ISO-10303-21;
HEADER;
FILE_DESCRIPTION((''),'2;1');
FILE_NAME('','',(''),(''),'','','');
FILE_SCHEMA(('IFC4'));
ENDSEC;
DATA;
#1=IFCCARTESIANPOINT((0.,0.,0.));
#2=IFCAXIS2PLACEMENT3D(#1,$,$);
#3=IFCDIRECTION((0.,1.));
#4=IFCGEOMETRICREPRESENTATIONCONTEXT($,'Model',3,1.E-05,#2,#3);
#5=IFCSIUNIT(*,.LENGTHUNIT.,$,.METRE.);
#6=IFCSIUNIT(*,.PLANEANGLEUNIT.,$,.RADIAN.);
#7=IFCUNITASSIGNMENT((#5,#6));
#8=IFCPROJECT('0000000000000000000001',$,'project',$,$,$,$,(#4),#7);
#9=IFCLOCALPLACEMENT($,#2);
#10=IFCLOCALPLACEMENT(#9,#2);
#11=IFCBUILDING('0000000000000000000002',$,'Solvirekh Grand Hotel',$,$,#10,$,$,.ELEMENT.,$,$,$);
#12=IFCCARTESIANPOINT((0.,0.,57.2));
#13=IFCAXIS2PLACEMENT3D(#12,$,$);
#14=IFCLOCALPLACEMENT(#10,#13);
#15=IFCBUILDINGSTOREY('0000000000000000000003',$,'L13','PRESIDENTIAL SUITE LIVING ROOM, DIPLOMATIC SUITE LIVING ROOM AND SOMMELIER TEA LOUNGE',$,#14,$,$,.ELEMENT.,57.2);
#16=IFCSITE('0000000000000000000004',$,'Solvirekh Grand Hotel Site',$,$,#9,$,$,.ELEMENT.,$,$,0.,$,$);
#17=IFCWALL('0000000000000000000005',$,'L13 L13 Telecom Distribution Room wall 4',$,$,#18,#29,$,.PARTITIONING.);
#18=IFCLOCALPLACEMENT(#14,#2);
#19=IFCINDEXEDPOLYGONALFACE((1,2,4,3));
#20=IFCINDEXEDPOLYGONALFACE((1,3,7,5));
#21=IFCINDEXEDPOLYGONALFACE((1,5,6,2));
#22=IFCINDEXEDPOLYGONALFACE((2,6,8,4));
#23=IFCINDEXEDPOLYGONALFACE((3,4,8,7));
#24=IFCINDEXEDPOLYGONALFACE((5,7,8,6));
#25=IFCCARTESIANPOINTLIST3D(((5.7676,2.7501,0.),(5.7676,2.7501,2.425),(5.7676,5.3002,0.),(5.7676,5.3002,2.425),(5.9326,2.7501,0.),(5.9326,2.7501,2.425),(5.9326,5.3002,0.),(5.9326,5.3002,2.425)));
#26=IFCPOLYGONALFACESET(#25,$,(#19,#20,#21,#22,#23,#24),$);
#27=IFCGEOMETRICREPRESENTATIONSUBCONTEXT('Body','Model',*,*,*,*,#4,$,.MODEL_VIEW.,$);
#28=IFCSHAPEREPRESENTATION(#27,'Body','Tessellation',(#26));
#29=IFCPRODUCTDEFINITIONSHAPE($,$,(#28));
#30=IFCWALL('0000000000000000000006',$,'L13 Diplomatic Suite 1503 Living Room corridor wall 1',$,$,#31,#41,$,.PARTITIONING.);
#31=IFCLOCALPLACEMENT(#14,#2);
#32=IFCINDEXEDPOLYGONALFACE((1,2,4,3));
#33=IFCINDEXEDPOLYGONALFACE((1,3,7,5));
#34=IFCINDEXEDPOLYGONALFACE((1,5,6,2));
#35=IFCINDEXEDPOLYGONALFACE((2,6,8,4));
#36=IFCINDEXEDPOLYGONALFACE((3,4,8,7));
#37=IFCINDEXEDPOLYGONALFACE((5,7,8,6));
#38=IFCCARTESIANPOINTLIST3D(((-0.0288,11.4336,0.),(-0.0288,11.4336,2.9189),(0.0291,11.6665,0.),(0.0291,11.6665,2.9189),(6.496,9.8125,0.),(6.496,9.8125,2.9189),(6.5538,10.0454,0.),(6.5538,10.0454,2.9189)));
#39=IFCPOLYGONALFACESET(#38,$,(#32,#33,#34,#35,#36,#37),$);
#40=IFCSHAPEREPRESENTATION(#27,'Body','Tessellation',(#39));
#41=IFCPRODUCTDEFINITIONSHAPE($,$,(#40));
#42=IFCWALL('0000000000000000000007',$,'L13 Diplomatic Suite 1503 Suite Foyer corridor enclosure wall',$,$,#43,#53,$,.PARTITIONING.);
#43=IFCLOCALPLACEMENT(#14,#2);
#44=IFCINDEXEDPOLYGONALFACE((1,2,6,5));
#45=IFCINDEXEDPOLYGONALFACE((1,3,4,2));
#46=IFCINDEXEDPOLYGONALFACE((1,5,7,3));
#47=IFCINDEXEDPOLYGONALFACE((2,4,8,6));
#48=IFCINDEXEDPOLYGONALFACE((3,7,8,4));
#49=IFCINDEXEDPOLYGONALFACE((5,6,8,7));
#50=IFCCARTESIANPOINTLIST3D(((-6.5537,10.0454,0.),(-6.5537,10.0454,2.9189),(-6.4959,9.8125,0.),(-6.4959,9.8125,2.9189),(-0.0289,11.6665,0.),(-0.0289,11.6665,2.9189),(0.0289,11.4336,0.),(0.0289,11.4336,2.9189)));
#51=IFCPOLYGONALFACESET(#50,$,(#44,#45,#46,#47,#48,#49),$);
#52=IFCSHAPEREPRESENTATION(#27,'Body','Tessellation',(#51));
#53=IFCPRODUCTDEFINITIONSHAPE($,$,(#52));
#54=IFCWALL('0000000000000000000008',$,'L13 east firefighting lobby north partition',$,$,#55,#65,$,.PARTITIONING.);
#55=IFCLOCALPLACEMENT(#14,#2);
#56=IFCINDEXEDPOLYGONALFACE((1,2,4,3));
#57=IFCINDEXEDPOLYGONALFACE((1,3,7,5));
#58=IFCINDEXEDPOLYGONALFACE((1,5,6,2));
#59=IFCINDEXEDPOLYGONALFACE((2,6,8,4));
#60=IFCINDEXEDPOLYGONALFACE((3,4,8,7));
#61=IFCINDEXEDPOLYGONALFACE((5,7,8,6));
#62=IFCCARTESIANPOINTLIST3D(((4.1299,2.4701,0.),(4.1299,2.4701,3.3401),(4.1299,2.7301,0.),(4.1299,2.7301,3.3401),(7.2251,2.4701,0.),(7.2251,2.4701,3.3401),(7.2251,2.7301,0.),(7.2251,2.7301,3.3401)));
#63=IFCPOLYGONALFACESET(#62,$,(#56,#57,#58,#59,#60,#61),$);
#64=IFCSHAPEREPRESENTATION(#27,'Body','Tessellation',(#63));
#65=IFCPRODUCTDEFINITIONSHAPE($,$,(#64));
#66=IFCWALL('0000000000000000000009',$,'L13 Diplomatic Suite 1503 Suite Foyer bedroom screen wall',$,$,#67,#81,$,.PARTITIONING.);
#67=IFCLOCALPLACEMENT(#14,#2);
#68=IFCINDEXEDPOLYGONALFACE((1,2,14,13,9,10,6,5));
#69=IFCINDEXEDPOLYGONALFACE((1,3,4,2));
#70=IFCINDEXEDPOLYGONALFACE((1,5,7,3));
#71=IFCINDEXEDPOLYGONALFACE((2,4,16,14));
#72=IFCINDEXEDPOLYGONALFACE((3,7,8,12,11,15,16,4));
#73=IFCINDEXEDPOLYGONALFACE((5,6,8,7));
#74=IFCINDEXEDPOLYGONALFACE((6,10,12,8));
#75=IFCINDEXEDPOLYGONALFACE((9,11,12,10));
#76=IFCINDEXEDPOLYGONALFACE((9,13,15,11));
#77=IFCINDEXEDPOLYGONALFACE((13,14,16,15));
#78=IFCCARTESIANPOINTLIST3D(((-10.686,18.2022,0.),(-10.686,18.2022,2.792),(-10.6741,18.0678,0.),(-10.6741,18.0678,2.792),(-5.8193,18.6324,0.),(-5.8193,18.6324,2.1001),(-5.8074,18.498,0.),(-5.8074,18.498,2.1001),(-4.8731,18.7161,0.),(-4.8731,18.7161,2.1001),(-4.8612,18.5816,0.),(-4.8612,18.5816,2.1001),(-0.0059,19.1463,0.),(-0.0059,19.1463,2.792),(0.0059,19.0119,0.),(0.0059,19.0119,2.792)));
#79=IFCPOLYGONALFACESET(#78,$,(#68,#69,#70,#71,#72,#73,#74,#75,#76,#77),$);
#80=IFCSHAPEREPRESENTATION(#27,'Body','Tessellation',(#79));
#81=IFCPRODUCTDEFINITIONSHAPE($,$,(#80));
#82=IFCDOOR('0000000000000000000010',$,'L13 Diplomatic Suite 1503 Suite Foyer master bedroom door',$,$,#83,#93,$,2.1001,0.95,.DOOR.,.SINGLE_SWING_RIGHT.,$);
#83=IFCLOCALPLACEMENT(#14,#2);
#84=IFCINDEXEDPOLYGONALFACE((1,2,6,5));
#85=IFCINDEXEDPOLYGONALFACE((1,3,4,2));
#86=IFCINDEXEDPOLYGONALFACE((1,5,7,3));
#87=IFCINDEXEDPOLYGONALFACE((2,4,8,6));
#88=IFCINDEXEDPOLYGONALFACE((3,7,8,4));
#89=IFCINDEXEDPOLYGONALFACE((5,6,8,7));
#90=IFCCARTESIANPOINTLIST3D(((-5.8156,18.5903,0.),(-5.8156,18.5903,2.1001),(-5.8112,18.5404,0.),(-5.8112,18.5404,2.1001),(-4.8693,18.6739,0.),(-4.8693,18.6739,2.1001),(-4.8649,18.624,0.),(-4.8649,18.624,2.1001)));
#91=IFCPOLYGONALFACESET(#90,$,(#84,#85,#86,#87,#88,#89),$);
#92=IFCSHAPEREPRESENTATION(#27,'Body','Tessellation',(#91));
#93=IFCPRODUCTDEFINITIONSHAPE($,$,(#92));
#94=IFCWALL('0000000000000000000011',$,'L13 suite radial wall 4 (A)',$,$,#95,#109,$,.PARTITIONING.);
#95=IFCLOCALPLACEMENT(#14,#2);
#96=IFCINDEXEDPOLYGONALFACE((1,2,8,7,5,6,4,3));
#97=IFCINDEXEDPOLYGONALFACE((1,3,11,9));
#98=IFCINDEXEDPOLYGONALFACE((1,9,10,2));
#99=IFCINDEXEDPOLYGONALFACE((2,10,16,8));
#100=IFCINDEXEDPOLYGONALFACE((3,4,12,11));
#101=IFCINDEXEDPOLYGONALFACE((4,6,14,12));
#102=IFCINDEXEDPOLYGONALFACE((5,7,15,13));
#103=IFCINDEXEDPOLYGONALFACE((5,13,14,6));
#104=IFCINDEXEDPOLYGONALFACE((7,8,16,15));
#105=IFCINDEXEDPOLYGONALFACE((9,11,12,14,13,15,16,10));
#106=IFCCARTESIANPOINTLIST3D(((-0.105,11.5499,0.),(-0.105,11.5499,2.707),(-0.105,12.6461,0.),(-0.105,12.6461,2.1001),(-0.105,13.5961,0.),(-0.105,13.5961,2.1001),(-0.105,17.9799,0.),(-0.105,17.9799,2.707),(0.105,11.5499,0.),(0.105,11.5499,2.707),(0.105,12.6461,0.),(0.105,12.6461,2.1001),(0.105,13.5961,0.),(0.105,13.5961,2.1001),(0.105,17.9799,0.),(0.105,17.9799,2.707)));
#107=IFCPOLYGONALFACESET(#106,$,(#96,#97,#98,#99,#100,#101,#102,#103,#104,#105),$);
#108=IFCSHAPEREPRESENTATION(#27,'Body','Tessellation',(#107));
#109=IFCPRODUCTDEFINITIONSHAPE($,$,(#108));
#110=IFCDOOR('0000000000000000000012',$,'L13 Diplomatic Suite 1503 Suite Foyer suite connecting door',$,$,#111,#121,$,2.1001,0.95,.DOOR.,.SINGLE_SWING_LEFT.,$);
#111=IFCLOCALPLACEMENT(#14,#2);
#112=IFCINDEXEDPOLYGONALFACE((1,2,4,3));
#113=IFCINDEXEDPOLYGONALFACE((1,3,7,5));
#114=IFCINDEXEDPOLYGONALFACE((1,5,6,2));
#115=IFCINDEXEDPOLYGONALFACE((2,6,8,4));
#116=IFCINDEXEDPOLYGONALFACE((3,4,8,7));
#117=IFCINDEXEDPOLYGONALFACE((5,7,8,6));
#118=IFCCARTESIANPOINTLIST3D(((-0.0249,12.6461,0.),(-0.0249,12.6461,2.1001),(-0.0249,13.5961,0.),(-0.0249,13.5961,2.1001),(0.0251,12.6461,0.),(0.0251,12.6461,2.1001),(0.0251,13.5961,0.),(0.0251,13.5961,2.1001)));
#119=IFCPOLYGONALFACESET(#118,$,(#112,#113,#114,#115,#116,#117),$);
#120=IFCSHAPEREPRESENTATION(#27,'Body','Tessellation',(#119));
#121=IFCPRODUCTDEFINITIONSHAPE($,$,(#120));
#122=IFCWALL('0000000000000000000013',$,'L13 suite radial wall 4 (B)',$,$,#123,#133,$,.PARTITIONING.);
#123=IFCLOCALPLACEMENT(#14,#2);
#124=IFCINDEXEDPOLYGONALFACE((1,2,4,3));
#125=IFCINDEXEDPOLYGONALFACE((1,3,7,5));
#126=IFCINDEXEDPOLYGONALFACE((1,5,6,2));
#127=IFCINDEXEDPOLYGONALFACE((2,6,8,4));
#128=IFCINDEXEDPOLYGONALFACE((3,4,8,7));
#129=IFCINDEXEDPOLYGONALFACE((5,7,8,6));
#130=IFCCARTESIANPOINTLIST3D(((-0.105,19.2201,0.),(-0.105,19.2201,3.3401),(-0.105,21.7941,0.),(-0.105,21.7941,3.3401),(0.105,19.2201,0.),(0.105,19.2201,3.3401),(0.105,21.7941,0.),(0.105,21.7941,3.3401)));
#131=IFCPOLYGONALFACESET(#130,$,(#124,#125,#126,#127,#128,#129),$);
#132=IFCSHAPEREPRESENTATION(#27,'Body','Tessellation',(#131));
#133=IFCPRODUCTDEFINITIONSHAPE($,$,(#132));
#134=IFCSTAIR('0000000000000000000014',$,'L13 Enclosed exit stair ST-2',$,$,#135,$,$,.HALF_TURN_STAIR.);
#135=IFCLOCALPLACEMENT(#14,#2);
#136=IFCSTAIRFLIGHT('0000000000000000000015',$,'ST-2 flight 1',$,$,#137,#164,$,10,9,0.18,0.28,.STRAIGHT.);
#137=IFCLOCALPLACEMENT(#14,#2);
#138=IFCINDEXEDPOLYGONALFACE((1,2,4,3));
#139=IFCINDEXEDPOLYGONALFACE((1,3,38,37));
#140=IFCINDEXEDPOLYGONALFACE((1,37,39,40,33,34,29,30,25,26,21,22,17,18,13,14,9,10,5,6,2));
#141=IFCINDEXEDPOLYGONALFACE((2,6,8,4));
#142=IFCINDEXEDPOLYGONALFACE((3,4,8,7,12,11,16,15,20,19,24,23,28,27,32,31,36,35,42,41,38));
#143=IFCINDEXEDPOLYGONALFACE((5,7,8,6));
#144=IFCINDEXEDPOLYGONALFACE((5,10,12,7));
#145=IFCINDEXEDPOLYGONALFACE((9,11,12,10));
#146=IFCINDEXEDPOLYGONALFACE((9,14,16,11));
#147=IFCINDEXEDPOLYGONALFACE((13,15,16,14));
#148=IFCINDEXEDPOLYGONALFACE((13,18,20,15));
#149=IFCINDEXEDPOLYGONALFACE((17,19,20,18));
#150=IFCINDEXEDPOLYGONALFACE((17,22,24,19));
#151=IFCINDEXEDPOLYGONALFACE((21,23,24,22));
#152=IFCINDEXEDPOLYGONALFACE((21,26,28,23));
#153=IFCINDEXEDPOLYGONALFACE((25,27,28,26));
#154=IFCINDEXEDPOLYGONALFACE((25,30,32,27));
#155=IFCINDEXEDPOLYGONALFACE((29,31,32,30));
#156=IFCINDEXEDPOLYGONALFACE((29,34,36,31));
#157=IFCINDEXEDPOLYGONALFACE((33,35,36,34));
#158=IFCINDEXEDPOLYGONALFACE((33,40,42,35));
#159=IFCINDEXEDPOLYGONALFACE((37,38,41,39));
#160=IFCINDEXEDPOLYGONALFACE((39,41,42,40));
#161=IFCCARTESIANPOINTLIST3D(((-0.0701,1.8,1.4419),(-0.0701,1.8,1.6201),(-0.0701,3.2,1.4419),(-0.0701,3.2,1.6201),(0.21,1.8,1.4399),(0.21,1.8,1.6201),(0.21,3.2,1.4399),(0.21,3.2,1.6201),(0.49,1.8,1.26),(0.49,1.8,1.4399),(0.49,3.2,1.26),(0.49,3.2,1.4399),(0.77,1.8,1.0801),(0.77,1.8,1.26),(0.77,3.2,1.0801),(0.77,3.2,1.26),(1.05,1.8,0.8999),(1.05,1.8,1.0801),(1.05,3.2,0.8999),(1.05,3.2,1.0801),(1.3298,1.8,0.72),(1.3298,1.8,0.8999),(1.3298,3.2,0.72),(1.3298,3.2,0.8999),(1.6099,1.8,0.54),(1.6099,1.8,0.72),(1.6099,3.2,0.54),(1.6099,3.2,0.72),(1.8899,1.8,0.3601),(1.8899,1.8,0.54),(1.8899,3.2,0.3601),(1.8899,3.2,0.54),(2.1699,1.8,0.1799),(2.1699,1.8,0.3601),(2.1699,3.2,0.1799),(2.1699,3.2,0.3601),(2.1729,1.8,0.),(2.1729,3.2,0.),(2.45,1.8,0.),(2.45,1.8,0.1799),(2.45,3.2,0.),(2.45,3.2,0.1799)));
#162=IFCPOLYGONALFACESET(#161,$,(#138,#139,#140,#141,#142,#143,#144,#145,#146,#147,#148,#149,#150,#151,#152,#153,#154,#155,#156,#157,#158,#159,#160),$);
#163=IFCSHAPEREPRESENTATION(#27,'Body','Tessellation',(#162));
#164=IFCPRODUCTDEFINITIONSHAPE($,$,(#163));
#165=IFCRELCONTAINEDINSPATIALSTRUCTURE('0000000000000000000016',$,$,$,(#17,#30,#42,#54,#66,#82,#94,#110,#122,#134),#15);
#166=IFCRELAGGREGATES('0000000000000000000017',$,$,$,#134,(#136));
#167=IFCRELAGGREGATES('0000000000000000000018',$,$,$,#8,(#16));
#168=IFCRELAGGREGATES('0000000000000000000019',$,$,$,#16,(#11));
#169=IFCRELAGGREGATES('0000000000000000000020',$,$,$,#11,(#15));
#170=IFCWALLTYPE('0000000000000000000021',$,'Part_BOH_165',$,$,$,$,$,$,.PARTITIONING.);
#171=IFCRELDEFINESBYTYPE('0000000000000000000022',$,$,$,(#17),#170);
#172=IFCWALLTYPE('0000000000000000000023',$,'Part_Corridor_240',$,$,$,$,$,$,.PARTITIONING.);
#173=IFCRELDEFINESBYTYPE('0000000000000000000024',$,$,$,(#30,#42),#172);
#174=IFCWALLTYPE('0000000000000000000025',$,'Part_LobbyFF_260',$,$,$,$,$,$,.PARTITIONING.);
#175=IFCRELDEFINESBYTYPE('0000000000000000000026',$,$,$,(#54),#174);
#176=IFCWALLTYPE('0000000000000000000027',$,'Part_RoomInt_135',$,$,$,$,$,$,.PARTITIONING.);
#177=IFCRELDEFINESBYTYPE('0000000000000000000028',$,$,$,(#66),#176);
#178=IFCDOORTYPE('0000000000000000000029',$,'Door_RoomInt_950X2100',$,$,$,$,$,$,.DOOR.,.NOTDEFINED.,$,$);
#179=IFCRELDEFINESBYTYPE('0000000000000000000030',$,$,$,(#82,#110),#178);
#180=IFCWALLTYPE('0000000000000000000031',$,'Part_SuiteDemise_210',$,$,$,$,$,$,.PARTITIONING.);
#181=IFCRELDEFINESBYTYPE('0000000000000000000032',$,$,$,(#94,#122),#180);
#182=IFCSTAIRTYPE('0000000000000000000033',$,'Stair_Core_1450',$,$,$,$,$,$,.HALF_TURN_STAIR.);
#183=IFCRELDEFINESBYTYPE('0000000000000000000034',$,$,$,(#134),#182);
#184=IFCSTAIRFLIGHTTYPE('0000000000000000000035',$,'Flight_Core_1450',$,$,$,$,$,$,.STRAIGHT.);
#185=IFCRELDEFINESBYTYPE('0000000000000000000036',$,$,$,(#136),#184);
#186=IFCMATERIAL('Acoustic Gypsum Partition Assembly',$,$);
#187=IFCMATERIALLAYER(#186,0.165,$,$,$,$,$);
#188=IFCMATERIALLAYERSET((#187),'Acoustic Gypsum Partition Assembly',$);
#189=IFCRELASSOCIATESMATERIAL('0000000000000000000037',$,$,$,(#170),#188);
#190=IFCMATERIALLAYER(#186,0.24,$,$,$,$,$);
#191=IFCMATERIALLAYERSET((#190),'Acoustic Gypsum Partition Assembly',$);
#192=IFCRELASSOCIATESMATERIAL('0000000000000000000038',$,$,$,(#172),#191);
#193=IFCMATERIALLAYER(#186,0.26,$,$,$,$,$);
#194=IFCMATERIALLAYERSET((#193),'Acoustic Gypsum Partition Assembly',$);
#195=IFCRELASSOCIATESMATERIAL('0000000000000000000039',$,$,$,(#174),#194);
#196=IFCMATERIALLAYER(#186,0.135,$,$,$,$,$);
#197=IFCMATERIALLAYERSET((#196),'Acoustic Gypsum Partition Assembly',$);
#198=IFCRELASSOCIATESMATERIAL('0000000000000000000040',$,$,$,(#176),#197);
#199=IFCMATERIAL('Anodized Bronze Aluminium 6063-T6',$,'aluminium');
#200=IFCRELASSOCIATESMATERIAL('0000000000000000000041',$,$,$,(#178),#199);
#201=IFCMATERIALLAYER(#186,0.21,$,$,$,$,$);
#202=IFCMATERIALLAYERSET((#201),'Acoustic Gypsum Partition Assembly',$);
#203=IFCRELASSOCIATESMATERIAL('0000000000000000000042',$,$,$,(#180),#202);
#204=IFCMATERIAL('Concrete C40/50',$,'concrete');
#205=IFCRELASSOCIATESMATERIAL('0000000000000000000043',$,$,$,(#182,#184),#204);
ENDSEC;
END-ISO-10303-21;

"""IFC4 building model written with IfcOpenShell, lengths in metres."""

from ifc_helpers import new_model, si_unit, direction, frame, frame_2d, origin, place, context, subcontext, project, spatial, polyline, rectangle, outline, extrude, material, layer, layer_set, type_object, element, fill, aggregate, save


model = new_model("IFC4")

# Units and contexts
model_context = context("Model", 3, precision=1e-05, world=origin(), true_north=direction((0.0, 1.0)))
body_context = subcontext(model_context, "Body", "Model", "MODEL_VIEW")
ifc_project = project(units=[si_unit("LENGTHUNIT", "METRE"), si_unit("PLANEANGLEUNIT", "RADIAN")], contexts=[model_context])

# Site, building, storey
site_placement = place(None, origin())
site = spatial("IfcSite", under=ifc_project, at=site_placement, Name="Solvirekh Grand Hotel Site", CompositionType="ELEMENT", RefElevation=0.0)
building_placement = place(site_placement, origin())
building = spatial("IfcBuilding", under=site, at=building_placement, Name="Solvirekh Grand Hotel", CompositionType="ELEMENT")
storey_placement = place(building_placement, frame((0.0, 0.0, 57.2)))
storey = spatial("IfcBuildingStorey", under=building, at=storey_placement, Name="L13", Description="PRESIDENTIAL SUITE LIVING ROOM, DIPLOMATIC SUITE LIVING ROOM AND SOMMELIER TEA LOUNGE", CompositionType="ELEMENT", Elevation=57.2)

# Shared definitions
ifc_material_1 = material(Name="Anodized Bronze Aluminium 6063-T6", Category="aluminium")

# Shared definitions
ifc_material_2 = material(Name="Concrete C40/50", Category="concrete")

# Shared definitions
ifc_material_3 = material(Name="Acoustic Gypsum Partition Assembly")
ifc_layer_1 = layer(ifc_material_3, 0.165)
ifc_layer_set_1 = layer_set([ifc_layer_1], Name="Acoustic Gypsum Partition Assembly")
wall_type_1 = type_object("IfcWallType", Name="Part_BOH_165", PredefinedType="PARTITIONING", material=ifc_layer_set_1)

# Walls
wall_1_placement = place(storey_placement, frame((5.8501, 5.3, 0.0), z_axis=(0.0, 0.0, 1.0), x_axis=(0.0, -1.0, 0.0)))
element("IfcWall", 1, at=wall_1_placement, inside=storey, type_object=wall_type_1, Name="L13 L13 Telecom Distribution Room wall 4", PredefinedType="PARTITIONING", context=body_context, shape_type="SweptSolid", body=[
    extrude(rectangle(XDim=2.55, YDim=0.165, at=frame_2d((1.2749, 0.0))), origin(), (0.0, 0.0, 1.0), 2.425),
])
ifc_layer_2 = layer(ifc_material_3, 0.24)
ifc_layer_set_2 = layer_set([ifc_layer_2], Name="Acoustic Gypsum Partition Assembly")
wall_type_2 = type_object("IfcWallType", Name="Part_Corridor_240", PredefinedType="PARTITIONING", material=ifc_layer_set_2)
for number, where, z_axis, x_axis, name in (
    (2, (6.5249, 9.929, 0.0), (0.0, 0.0, 1.0), (-0.970496, 0.241117, 0.0), "L13 Diplomatic Suite 1503 Living Room corridor wall 1"),
    (3, (0.0, 11.55, 0.0), (0.0, 0.0, 1.0), (-0.970496, -0.241117, 0.0), "L13 Diplomatic Suite 1503 Suite Foyer corridor enclosure wall"),
):
    element("IfcWall", number, at=place(storey_placement, frame(where, z_axis=z_axis, x_axis=x_axis)), inside=storey, type_object=wall_type_2, Name=name, PredefinedType="PARTITIONING", context=body_context, shape_type="SweptSolid", body=[
        extrude(rectangle(XDim=6.7231, YDim=0.24, at=frame_2d((3.3616, 0.0))), origin(), (0.0, 0.0, 1.0), 2.9189),
    ])
ifc_layer_3 = layer(ifc_material_3, 0.26)
ifc_layer_set_3 = layer_set([ifc_layer_3], Name="Acoustic Gypsum Partition Assembly")
wall_type_3 = type_object("IfcWallType", Name="Part_LobbyFF_260", PredefinedType="PARTITIONING", material=ifc_layer_set_3)
wall_2_placement = place(storey_placement, frame((4.1299, 2.6001, 0.0), z_axis=(0.0, 0.0, 1.0), x_axis=(1.0, 0.0, 0.0)))
element("IfcWall", 4, at=wall_2_placement, inside=storey, type_object=wall_type_3, Name="L13 east firefighting lobby north partition", PredefinedType="PARTITIONING", context=body_context, shape_type="SweptSolid", body=[
    extrude(rectangle(XDim=3.0952, YDim=0.26, at=frame_2d((1.5476, 0.0))), origin(), (0.0, 0.0, 1.0), 3.3401),
])

# Walls, openings, doors
ifc_layer_4 = layer(ifc_material_3, 0.135)
ifc_layer_set_4 = layer_set([ifc_layer_4], Name="Acoustic Gypsum Partition Assembly")
wall_type_4 = type_object("IfcWallType", Name="Part_RoomInt_135", PredefinedType="PARTITIONING", material=ifc_layer_set_4)
wall_3_placement = place(storey_placement, frame((0.0, 19.0791, 0.0), z_axis=(0.0, 0.0, 1.0), x_axis=(-0.996116, -0.088055, 0.0)))
wall_3 = element("IfcWall", 5, at=wall_3_placement, inside=storey, type_object=wall_type_4, Name="L13 Diplomatic Suite 1503 Suite Foyer bedroom screen wall", PredefinedType="PARTITIONING", context=body_context, shape_type="SweptSolid", body=[
    extrude(rectangle(XDim=10.7217, YDim=0.135, at=frame_2d((5.3608, 0.0))), origin(), (0.0, 0.0, 1.0), 2.792),
])
opening_1_placement = place(wall_3_placement, frame((4.886, 0.0, 0.0)))
opening_1 = element("IfcOpeningElement", 6, at=opening_1_placement, cuts=wall_3, PredefinedType="OPENING", context=body_context, shape_type="SweptSolid", body=[
    extrude(rectangle(XDim=0.95, YDim=2.1001, at=frame_2d((0.4751, 1.05))), frame((0.0, 0.0776, 0.0), z_axis=(0.0, -1.0, 0.0), x_axis=(1.0, 0.0, 0.0)), (0.0, 0.0, 1.0), 0.155),
])
door_type_1 = type_object("IfcDoorType", Name="Door_RoomInt_950X2100", OperationType="NOTDEFINED", PredefinedType="DOOR", material=ifc_material_1)
door_1_placement = place(opening_1_placement, origin())
door_1 = element("IfcDoor", 7, at=door_1_placement, inside=storey, type_object=door_type_1, Name="L13 Diplomatic Suite 1503 Suite Foyer master bedroom door", OperationType="SINGLE_SWING_RIGHT", OverallHeight=2.1001, OverallWidth=0.95, PredefinedType="DOOR", context=body_context, shape_type="SweptSolid", body=[
    extrude(rectangle(XDim=0.95, YDim=2.1001, at=frame_2d((0.4751, 1.05))), frame((0.0, 0.0249, 0.0), z_axis=(0.0, -1.0, 0.0), x_axis=(1.0, 0.0, 0.0)), (0.0, 0.0, 1.0), 0.05),
])
fill(opening_1, door_1)
ifc_layer_5 = layer(ifc_material_3, 0.21)
ifc_layer_set_5 = layer_set([ifc_layer_5], Name="Acoustic Gypsum Partition Assembly")
wall_type_5 = type_object("IfcWallType", Name="Part_SuiteDemise_210", PredefinedType="PARTITIONING", material=ifc_layer_set_5)
wall_4_placement = place(storey_placement, frame((0.0, 11.55, 0.0), z_axis=(0.0, 0.0, 1.0), x_axis=(0.0, 1.0, 0.0)))
wall_4 = element("IfcWall", 8, at=wall_4_placement, inside=storey, type_object=wall_type_5, Name="L13 suite radial wall 4 (A)", PredefinedType="PARTITIONING", context=body_context, shape_type="SweptSolid", body=[
    extrude(rectangle(XDim=6.4299, YDim=0.21, at=frame_2d((3.2148, 0.0))), origin(), (0.0, 0.0, 1.0), 2.707),
])
opening_2_placement = place(wall_4_placement, frame((1.0959, 0.0, 0.0)))
opening_2 = element("IfcOpeningElement", 9, at=opening_2_placement, cuts=wall_4, PredefinedType="OPENING", context=body_context, shape_type="SweptSolid", body=[
    extrude(rectangle(XDim=0.95, YDim=2.1001, at=frame_2d((0.4751, 1.05))), frame((0.0, 0.115, 0.0), z_axis=(0.0, -1.0, 0.0), x_axis=(1.0, 0.0, 0.0)), (0.0, 0.0, 1.0), 0.23),
])
door_2_placement = place(opening_2_placement, origin())
door_2 = element("IfcDoor", 10, at=door_2_placement, inside=storey, type_object=door_type_1, Name="L13 Diplomatic Suite 1503 Suite Foyer suite connecting door", OperationType="SINGLE_SWING_LEFT", OverallHeight=2.1001, OverallWidth=0.95, PredefinedType="DOOR", context=body_context, shape_type="SweptSolid", body=[
    extrude(rectangle(XDim=0.95, YDim=2.1001, at=frame_2d((0.4751, 1.05))), frame((0.0, 0.0249, 0.0), z_axis=(0.0, -1.0, 0.0), x_axis=(1.0, 0.0, 0.0)), (0.0, 0.0, 1.0), 0.05),
])
fill(opening_2, door_2)

# Wall
wall_5_placement = place(storey_placement, frame((0.0, 19.22, 0.0), z_axis=(0.0, 0.0, 1.0), x_axis=(0.0, 1.0, 0.0)))
element("IfcWall", 11, at=wall_5_placement, inside=storey, type_object=wall_type_5, Name="L13 suite radial wall 4 (B)", PredefinedType="PARTITIONING", context=body_context, shape_type="SweptSolid", body=[
    extrude(rectangle(XDim=2.574, YDim=0.21, at=frame_2d((1.2871, 0.0))), origin(), (0.0, 0.0, 1.0), 3.3401),
])

# Stair, stair flight
stair_type = type_object("IfcStairType", Name="Stair_Core_1450", PredefinedType="HALF_TURN_STAIR", material=ifc_material_2)
stair_placement = place(storey_placement, origin())
stair = element("IfcStair", 12, at=stair_placement, inside=storey, type_object=stair_type, Name="L13 Enclosed exit stair ST-2", PredefinedType="HALF_TURN_STAIR")
stair_flight_type = type_object("IfcStairFlightType", Name="Flight_Core_1450", PredefinedType="STRAIGHT", material=ifc_material_2)
stair_flight_placement = place(storey_placement, frame((2.45, 2.5, 0.0), z_axis=(0.0, 0.0, 1.0), x_axis=(-1.0, 0.0, 0.0)))
stair_flight = element("IfcStairFlight", 13, at=stair_flight_placement, type_object=stair_flight_type, Name="ST-2 flight 1", NumberOfRisers=10, NumberOfTreads=9, PredefinedType="STRAIGHT", RiserHeight=0.18, TreadLength=0.28, context=body_context, shape_type="SweptSolid", body=[
    extrude(outline(polyline([(0.0, 0.0), (0.0, 0.1799), (0.28, 0.1799), (0.28, 0.3601), (0.5601, 0.3601), (0.5601, 0.54), (0.8401, 0.54), (0.8401, 0.72), (1.1201, 0.72), (1.1201, 0.8999), (1.3999, 0.8999), (1.3999, 1.0801), (1.6799, 1.0801), (1.6799, 1.26), (1.96, 1.26), (1.96, 1.4399), (2.24, 1.4399), (2.24, 1.6201), (2.52, 1.6201), (2.52, 1.8), (2.52, 1.4419), (0.2771, 0.0), (0.0, 0.0)])), frame((0.0, 0.7, 0.0), z_axis=(0.0, -1.0, 0.0), x_axis=(1.0, 0.0, 0.0)), (0.0, 0.0, 1.0), 1.3999),
])
aggregate(stair, [stair_flight])

save(model, "model.ifc")
